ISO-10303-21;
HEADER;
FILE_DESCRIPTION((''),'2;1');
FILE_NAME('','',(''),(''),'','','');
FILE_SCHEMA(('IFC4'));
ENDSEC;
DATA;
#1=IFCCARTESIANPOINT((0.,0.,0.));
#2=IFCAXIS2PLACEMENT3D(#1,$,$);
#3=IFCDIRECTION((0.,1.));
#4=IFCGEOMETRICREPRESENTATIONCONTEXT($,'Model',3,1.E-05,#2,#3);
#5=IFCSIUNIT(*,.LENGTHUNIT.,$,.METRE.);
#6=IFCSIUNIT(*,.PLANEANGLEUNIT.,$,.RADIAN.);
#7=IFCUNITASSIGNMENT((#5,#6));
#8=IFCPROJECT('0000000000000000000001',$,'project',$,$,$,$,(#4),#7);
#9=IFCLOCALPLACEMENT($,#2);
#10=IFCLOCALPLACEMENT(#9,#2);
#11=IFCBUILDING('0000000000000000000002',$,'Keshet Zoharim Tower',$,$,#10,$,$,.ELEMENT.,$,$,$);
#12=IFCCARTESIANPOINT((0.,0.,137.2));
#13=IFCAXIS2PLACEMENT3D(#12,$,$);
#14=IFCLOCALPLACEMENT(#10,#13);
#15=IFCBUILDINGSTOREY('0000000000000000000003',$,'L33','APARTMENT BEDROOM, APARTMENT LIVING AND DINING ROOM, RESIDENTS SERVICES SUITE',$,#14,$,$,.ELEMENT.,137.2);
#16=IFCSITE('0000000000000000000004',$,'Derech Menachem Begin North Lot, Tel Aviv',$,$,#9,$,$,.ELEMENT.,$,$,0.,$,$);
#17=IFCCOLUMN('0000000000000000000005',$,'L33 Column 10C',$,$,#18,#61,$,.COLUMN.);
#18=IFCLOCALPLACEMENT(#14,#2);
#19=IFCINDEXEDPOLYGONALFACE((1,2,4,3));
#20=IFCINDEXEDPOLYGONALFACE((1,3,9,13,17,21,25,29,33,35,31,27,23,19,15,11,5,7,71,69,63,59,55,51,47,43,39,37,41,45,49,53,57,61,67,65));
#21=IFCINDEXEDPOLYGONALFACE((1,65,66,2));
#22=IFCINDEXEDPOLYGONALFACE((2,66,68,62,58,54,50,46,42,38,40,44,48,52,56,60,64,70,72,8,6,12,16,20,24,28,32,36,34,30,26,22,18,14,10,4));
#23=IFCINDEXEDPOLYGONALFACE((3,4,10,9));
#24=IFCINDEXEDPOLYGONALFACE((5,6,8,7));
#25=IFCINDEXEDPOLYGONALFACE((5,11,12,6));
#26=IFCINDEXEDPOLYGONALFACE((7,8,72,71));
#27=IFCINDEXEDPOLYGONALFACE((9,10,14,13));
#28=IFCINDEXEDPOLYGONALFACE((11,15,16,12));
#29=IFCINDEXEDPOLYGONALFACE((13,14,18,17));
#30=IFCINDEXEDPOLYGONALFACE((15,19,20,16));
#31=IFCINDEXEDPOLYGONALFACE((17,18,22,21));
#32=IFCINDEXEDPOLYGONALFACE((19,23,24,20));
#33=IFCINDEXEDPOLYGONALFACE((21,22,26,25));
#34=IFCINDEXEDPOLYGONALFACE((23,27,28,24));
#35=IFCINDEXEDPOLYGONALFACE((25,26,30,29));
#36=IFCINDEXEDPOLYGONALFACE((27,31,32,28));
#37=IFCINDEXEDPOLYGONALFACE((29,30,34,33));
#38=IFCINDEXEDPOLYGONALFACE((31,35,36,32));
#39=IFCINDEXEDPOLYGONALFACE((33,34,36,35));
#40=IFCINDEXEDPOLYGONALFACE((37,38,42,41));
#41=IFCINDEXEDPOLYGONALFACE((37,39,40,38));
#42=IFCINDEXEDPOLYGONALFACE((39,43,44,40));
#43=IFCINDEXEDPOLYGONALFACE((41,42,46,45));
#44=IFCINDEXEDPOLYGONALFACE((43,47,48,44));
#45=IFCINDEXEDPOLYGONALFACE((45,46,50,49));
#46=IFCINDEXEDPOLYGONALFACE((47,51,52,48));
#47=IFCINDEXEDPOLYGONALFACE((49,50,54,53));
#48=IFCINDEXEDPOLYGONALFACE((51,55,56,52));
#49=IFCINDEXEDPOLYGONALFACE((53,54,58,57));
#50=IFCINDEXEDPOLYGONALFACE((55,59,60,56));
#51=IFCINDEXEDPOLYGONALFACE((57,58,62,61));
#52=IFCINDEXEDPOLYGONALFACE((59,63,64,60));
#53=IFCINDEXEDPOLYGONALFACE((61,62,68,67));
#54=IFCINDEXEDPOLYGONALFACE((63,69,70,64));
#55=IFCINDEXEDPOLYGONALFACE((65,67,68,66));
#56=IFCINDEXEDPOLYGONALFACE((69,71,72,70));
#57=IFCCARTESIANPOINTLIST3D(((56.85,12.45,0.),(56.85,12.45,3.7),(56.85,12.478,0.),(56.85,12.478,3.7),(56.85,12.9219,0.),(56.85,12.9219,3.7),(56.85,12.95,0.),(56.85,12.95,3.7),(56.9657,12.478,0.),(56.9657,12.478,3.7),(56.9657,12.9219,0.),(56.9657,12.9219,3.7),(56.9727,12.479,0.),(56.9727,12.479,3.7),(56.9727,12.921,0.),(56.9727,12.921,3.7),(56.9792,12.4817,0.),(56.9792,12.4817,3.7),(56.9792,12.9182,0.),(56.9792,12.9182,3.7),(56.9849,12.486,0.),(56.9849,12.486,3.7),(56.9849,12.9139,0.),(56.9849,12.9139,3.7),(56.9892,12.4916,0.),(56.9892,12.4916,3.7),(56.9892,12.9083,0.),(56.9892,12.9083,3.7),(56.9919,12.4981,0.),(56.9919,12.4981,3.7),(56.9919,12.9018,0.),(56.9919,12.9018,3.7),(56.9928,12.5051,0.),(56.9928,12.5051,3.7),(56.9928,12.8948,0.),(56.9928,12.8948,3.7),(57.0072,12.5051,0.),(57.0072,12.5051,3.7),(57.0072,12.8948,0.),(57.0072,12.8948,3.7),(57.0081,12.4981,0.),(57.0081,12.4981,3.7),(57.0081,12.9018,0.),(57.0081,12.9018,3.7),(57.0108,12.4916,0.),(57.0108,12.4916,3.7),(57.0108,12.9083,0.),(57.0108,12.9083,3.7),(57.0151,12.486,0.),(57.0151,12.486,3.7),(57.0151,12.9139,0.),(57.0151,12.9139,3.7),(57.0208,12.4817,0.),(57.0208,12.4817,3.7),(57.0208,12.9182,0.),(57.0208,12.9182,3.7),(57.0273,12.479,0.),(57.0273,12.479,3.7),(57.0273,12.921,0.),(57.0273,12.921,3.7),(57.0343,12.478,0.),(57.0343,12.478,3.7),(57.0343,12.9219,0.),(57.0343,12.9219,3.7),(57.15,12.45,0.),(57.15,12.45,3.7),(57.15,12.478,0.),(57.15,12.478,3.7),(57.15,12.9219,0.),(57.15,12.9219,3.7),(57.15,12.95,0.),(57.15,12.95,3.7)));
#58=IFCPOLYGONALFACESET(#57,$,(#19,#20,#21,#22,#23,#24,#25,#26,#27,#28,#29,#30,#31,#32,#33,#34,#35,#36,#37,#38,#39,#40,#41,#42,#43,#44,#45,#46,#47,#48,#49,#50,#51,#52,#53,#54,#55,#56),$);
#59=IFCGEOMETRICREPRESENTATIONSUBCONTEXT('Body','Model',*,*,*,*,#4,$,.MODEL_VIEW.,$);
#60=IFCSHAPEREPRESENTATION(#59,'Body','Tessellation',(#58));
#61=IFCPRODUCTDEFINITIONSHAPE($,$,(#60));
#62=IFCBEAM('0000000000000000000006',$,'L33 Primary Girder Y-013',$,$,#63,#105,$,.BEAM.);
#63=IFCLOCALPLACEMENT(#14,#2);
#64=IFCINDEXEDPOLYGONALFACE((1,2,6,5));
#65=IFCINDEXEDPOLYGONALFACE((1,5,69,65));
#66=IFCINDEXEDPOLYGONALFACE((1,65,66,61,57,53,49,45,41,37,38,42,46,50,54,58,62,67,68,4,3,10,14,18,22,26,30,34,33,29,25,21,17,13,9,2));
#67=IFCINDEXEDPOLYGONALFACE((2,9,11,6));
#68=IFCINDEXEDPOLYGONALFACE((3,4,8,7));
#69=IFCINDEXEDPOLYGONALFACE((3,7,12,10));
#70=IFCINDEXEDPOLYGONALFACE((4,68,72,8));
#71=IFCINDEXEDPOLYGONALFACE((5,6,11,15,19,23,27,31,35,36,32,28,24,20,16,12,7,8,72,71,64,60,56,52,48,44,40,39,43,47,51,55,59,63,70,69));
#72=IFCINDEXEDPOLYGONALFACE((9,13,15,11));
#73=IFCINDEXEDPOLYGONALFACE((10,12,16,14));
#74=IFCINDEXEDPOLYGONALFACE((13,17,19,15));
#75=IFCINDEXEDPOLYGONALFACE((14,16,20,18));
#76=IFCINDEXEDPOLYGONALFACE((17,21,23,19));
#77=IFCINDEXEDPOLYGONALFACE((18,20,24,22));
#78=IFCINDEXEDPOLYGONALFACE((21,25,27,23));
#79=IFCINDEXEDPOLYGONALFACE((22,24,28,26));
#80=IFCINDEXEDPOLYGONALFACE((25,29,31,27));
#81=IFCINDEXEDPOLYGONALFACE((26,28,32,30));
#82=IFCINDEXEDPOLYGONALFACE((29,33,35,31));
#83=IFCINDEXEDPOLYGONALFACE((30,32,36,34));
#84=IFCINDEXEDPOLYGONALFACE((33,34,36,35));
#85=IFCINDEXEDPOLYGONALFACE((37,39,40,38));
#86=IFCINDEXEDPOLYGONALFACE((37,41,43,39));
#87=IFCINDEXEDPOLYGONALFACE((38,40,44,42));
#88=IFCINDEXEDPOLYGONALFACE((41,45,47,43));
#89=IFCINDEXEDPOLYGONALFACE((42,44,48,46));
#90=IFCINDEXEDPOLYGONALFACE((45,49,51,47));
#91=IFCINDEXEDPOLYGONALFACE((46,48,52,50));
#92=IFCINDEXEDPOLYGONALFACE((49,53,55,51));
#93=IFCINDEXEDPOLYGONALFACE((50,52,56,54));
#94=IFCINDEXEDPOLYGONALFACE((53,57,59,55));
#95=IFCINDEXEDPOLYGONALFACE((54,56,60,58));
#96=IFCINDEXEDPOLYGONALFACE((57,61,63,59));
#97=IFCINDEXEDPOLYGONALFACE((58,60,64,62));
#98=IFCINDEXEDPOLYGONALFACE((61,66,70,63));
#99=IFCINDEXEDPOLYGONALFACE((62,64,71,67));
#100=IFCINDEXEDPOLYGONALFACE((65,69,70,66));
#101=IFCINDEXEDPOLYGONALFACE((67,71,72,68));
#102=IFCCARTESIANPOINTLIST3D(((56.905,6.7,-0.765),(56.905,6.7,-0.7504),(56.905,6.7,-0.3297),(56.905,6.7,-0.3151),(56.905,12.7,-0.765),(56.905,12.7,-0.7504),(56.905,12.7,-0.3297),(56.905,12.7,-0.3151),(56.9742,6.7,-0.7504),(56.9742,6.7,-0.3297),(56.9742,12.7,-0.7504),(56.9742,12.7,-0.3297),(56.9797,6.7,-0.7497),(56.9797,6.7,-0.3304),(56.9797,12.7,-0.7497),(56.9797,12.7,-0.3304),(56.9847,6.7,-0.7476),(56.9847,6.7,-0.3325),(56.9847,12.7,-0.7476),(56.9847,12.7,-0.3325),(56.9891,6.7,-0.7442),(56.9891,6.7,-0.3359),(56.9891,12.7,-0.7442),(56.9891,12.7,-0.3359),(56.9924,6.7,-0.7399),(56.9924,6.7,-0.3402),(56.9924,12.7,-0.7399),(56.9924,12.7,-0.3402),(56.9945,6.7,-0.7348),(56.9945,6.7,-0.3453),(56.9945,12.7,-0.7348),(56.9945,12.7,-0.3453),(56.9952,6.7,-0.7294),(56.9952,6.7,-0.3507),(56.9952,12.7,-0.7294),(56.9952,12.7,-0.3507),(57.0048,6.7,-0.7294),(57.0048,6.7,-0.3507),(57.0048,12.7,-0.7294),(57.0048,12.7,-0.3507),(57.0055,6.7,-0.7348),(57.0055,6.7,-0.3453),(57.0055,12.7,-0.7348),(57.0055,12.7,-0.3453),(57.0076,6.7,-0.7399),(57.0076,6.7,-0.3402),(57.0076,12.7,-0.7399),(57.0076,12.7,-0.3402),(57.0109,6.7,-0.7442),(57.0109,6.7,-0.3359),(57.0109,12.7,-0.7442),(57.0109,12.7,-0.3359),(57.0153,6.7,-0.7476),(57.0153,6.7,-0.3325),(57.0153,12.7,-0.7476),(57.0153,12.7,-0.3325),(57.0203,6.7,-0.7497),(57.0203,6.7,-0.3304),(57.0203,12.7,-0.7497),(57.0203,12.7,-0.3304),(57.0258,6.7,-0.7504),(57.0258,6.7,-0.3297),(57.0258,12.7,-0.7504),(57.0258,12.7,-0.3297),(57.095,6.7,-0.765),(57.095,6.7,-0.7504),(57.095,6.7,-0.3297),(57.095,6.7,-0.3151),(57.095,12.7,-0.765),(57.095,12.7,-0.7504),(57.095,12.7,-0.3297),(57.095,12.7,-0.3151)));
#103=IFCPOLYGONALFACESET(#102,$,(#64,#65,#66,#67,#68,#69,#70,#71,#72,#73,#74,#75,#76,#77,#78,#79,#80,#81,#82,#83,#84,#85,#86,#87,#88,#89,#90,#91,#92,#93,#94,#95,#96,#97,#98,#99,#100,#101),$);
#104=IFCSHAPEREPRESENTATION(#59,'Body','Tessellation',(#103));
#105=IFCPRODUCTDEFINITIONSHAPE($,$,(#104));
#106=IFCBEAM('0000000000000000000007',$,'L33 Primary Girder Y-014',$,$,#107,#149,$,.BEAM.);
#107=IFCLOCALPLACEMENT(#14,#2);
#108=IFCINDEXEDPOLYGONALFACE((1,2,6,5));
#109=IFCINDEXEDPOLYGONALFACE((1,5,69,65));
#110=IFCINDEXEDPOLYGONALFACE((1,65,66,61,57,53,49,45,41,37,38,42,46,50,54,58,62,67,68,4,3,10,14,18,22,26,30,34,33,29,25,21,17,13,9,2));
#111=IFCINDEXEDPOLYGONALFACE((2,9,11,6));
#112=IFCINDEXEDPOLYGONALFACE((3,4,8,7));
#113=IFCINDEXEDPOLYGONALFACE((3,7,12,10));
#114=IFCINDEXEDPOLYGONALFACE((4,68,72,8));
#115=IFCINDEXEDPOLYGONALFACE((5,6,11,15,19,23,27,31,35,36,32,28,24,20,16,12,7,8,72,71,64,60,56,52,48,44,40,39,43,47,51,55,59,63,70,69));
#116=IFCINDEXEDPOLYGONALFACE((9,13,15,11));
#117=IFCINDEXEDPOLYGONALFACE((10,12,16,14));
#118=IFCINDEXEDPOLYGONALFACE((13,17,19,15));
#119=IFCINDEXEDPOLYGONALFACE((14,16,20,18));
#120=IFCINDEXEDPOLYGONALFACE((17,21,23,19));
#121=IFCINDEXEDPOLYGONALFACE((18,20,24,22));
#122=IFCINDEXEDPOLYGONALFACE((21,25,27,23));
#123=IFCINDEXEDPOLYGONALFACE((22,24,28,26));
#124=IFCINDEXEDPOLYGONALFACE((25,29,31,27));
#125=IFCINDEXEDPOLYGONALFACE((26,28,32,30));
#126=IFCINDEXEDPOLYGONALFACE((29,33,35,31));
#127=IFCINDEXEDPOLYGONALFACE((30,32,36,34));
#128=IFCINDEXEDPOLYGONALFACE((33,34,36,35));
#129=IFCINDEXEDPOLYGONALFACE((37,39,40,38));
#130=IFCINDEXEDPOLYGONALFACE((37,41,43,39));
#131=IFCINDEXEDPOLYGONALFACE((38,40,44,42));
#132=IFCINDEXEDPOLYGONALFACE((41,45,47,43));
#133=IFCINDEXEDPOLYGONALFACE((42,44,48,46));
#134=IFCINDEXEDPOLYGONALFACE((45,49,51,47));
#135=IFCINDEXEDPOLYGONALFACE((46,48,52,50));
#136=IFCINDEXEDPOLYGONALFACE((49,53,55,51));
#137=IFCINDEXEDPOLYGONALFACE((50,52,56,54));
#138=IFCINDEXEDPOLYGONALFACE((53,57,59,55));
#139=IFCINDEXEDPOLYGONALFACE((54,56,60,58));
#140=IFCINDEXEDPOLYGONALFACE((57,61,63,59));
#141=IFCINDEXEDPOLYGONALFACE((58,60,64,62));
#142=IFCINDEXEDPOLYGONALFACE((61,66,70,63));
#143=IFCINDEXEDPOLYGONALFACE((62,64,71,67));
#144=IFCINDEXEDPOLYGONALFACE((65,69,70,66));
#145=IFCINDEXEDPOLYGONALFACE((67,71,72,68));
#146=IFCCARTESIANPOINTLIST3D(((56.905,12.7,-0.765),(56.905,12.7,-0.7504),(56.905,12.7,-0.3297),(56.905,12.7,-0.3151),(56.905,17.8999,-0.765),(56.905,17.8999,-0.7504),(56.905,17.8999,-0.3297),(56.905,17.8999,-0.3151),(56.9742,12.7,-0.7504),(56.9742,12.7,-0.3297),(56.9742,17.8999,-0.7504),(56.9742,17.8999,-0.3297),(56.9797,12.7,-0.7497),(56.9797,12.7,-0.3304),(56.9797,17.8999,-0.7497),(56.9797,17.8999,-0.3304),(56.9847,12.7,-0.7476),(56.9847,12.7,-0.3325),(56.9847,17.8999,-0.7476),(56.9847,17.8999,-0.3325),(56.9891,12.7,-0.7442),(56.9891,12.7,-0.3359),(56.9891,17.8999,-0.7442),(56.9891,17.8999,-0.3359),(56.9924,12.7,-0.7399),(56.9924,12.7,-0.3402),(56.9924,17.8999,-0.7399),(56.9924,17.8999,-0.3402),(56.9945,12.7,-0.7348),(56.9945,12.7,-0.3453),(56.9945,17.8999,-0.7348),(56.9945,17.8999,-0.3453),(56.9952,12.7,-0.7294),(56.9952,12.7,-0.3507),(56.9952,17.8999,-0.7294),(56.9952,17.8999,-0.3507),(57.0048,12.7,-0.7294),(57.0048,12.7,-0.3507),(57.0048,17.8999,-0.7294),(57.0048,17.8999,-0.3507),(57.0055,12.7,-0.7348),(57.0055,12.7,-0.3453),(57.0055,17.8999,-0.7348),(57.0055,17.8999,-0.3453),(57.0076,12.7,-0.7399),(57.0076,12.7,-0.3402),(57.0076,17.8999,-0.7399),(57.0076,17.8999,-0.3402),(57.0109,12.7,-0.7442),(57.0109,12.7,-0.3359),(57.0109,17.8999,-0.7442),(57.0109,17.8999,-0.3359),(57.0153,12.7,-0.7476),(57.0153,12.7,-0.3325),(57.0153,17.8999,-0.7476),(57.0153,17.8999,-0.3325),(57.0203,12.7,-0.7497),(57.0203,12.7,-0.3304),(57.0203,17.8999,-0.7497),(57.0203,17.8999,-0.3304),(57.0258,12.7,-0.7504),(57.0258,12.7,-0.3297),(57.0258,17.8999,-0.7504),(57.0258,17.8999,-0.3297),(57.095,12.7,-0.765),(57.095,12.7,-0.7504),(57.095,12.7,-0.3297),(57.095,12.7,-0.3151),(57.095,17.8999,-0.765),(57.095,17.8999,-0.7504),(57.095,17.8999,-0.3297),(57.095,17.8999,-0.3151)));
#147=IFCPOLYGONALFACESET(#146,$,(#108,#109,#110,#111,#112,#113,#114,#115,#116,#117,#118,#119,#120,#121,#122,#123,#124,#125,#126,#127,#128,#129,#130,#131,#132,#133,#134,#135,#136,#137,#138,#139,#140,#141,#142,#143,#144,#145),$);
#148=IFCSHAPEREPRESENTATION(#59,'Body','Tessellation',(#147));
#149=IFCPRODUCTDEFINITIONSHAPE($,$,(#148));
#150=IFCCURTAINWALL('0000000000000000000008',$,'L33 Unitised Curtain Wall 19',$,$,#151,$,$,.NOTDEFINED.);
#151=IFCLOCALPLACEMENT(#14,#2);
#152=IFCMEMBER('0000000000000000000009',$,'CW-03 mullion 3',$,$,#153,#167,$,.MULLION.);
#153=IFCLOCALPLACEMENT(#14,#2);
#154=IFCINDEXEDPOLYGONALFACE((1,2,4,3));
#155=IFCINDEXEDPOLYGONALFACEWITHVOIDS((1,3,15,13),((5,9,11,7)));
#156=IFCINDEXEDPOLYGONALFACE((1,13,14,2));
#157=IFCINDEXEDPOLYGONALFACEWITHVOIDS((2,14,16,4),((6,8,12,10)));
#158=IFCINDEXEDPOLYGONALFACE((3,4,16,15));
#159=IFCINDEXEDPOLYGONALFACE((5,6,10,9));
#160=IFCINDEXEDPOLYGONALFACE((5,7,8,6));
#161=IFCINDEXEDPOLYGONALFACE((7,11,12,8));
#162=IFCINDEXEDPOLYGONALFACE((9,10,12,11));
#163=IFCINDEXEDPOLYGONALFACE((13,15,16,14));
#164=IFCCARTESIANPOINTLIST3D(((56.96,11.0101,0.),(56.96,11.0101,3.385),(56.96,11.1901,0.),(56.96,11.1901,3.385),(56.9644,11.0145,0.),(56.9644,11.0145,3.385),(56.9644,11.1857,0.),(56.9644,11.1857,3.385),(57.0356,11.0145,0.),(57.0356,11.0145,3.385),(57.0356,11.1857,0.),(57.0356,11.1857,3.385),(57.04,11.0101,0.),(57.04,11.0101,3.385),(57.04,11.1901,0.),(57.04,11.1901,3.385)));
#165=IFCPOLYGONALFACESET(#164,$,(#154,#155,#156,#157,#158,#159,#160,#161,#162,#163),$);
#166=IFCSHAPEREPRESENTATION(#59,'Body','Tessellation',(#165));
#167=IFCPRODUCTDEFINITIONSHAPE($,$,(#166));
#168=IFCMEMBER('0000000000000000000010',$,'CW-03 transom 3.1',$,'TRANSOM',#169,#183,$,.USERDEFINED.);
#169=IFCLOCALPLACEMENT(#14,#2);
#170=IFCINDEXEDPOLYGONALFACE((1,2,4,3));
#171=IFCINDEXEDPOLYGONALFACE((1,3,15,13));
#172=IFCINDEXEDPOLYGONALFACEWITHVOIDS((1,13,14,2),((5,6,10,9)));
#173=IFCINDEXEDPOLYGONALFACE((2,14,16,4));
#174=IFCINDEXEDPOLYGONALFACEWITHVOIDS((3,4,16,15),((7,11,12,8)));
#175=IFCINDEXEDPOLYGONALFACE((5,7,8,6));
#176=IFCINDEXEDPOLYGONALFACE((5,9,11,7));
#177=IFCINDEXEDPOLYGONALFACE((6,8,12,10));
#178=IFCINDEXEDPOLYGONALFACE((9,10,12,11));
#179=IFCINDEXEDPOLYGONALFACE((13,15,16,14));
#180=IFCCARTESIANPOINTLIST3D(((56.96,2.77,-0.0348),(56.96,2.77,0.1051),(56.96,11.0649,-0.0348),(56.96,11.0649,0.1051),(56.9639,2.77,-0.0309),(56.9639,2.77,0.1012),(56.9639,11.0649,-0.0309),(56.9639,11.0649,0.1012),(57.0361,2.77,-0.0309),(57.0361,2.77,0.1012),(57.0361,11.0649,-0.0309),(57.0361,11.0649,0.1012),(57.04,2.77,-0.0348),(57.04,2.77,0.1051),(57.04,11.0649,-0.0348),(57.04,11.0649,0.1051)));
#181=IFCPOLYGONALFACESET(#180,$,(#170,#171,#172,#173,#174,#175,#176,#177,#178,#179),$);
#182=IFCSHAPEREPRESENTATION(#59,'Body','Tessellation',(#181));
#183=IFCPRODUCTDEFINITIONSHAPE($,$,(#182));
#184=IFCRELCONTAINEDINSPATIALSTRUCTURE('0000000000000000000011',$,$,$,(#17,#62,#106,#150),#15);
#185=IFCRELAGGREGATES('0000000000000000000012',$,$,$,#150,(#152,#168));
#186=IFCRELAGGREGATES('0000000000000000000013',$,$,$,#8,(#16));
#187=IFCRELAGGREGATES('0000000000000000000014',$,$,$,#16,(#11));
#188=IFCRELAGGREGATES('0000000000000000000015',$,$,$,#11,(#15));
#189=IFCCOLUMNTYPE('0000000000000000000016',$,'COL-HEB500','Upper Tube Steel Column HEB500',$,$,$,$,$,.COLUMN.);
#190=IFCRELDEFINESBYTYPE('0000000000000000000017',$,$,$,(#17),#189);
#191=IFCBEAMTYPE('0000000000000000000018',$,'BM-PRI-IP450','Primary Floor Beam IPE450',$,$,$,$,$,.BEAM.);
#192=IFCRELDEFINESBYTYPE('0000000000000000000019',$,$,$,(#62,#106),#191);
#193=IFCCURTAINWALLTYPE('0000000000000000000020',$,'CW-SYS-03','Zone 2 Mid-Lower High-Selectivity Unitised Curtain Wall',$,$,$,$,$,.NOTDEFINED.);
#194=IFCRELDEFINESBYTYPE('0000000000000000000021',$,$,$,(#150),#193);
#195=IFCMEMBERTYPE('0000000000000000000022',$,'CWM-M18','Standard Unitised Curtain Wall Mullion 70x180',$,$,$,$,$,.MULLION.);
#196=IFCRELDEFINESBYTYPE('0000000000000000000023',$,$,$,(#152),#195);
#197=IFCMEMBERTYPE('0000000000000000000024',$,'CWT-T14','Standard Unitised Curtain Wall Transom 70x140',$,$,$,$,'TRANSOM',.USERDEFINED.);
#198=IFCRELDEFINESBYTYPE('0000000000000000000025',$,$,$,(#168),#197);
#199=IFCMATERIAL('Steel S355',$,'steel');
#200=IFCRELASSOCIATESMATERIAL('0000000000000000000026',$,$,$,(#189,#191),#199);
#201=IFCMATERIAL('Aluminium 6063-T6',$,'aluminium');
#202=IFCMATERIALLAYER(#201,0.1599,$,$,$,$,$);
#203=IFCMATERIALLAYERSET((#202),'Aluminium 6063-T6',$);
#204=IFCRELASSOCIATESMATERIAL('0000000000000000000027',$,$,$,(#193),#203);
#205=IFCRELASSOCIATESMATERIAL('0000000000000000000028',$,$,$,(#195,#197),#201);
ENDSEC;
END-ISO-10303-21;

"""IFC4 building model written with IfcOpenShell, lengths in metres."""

from ifc_helpers import new_model, si_unit, direction, frame, origin, origin_2d, place, context, subcontext, project, spatial, hollow_rectangle, i_section, extrude, material, layer, layer_set, material_profile, profile_set, type_object, element, aggregate, save


model = new_model("IFC4")

# Units and contexts
model_context = context("Model", 3, precision=1e-05, world=origin(), true_north=direction((0.0, 1.0)))
body_context = subcontext(model_context, "Body", "Model", "MODEL_VIEW")
ifc_project = project(units=[si_unit("LENGTHUNIT", "METRE"), si_unit("PLANEANGLEUNIT", "RADIAN")], contexts=[model_context])

# Site, building, storey
site_placement = place(None, origin())
site = spatial("IfcSite", under=ifc_project, at=site_placement, Name="Derech Menachem Begin North Lot, Tel Aviv", CompositionType="ELEMENT", RefElevation=0.0)
building_placement = place(site_placement, origin())
building = spatial("IfcBuilding", under=site, at=building_placement, Name="Keshet Zoharim Tower", CompositionType="ELEMENT")
storey_placement = place(building_placement, frame((0.0, 0.0, 137.2)))
storey = spatial("IfcBuildingStorey", under=building, at=storey_placement, Name="L33", Description="APARTMENT BEDROOM, APARTMENT LIVING AND DINING ROOM, RESIDENTS SERVICES SUITE", CompositionType="ELEMENT", Elevation=137.2)

# Column
ifc_material_1 = material(Name="Steel S355", Category="steel")
ifc_material_profile_1 = material_profile(ifc_material_1, i_section(OverallWidth=0.3, OverallDepth=0.5, WebThickness=0.0144, FlangeThickness=0.0281, FilletRadius=0.0271, at=origin_2d()), Name="HEB500")
ifc_profile_set_1 = profile_set([ifc_material_profile_1], Name="Steel S355")
column_type = type_object("IfcColumnType", Name="COL-HEB500", Description="Upper Tube Steel Column HEB500", PredefinedType="COLUMN", material=ifc_profile_set_1)
column_placement = place(storey_placement, frame((57.0, 12.7, 0.0), z_axis=(0.0, 0.0, 1.0), x_axis=(1.0, 0.0, 0.0)))
element("IfcColumn", 1, at=column_placement, inside=storey, type_object=column_type, Name="L33 Column 10C", PredefinedType="COLUMN", context=body_context, shape_type="SweptSolid", body=[
    extrude(i_section(OverallWidth=0.3, OverallDepth=0.5, WebThickness=0.0144, FlangeThickness=0.0281, FilletRadius=0.0271, at=origin_2d()), origin(), (0.0, 0.0, 1.0), 3.7),
])

# Beams
ifc_material_profile_2 = material_profile(ifc_material_1, i_section(OverallWidth=0.1899, OverallDepth=0.45, WebThickness=0.0095, FlangeThickness=0.0146, FilletRadius=0.021, at=origin_2d()), Name="IPE450")
ifc_profile_set_2 = profile_set([ifc_material_profile_2], Name="Steel S355")
beam_type = type_object("IfcBeamType", Name="BM-PRI-IP450", Description="Primary Floor Beam IPE450", PredefinedType="BEAM", material=ifc_profile_set_2)
beam_1_placement = place(storey_placement, frame((57.0, 6.7, -0.54), z_axis=(0.0, 1.0, 0.0), x_axis=(-1.0, 0.0, 0.0)))
element("IfcBeam", 2, at=beam_1_placement, inside=storey, type_object=beam_type, Name="L33 Primary Girder Y-013", PredefinedType="BEAM", context=body_context, shape_type="SweptSolid", body=[
    extrude(i_section(OverallWidth=0.1899, OverallDepth=0.45, WebThickness=0.0095, FlangeThickness=0.0146, FilletRadius=0.021, at=origin_2d()), origin(), (0.0, 0.0, 1.0), 6.0),
])
beam_2_placement = place(storey_placement, frame((57.0, 12.7, -0.54), z_axis=(0.0, 1.0, 0.0), x_axis=(-1.0, 0.0, 0.0)))
element("IfcBeam", 3, at=beam_2_placement, inside=storey, type_object=beam_type, Name="L33 Primary Girder Y-014", PredefinedType="BEAM", context=body_context, shape_type="SweptSolid", body=[
    extrude(i_section(OverallWidth=0.1899, OverallDepth=0.45, WebThickness=0.0095, FlangeThickness=0.0146, FilletRadius=0.021, at=origin_2d()), origin(), (0.0, 0.0, 1.0), 5.2),
])

# Curtain wall, members
ifc_material_2 = material(Name="Aluminium 6063-T6", Category="aluminium")
ifc_layer_1 = layer(ifc_material_2, 0.1599)
ifc_layer_set_1 = layer_set([ifc_layer_1], Name="Aluminium 6063-T6")
curtain_wall_type = type_object("IfcCurtainWallType", Name="CW-SYS-03", Description="Zone 2 Mid-Lower High-Selectivity Unitised Curtain Wall", PredefinedType="NOTDEFINED", material=ifc_layer_set_1)
curtain_wall_placement = place(storey_placement, origin())
curtain_wall = element("IfcCurtainWall", 4, at=curtain_wall_placement, inside=storey, type_object=curtain_wall_type, Name="L33 Unitised Curtain Wall 19", PredefinedType="NOTDEFINED")
ifc_material_profile_3 = material_profile(ifc_material_2, hollow_rectangle(XDim=0.0801, YDim=0.1799, WallThickness=0.0044, at=origin_2d()), Name="MUL-80x180")
ifc_profile_set_3 = profile_set([ifc_material_profile_3], Name="Aluminium 6063-T6")
member_type_1 = type_object("IfcMemberType", Name="CWM-M18", Description="Standard Unitised Curtain Wall Mullion 70x180", PredefinedType="MULLION", material=ifc_profile_set_3)
member_1_placement = place(storey_placement, frame((57.0, 11.1001, 0.0), z_axis=(0.0, 0.0, 1.0), x_axis=(1.0, 0.0, 0.0)))
member_1 = element("IfcMember", 5, at=member_1_placement, type_object=member_type_1, Name="CW-03 mullion 3", PredefinedType="MULLION", context=body_context, shape_type="SweptSolid", body=[
    extrude(hollow_rectangle(XDim=0.0801, YDim=0.1799, WallThickness=0.0044, at=origin_2d()), origin(), (0.0, 0.0, 1.0), 3.385),
])
ifc_material_profile_4 = material_profile(ifc_material_2, hollow_rectangle(XDim=0.0801, YDim=0.1399, WallThickness=0.0039, at=origin_2d()), Name="TRN-80x140")
ifc_profile_set_4 = profile_set([ifc_material_profile_4], Name="Aluminium 6063-T6")
member_type_2 = type_object("IfcMemberType", Name="CWT-T14", Description="Standard Unitised Curtain Wall Transom 70x140", ElementType="TRANSOM", PredefinedType="USERDEFINED", material=ifc_profile_set_4)
member_2_placement = place(storey_placement, frame((57.0, 11.0649, 0.0352), z_axis=(0.0, -1.0, 0.0), x_axis=(1.0, 0.0, 0.0)))
member_2 = element("IfcMember", 6, at=member_2_placement, type_object=member_type_2, Name="CW-03 transom 3.1", ObjectType="TRANSOM", PredefinedType="USERDEFINED", context=body_context, shape_type="SweptSolid", body=[
    extrude(hollow_rectangle(XDim=0.0801, YDim=0.1399, WallThickness=0.0039, at=origin_2d()), origin(), (0.0, 0.0, 1.0), 8.2949),
])
aggregate(curtain_wall, [member_1, member_2])

save(model, "model.ifc")
